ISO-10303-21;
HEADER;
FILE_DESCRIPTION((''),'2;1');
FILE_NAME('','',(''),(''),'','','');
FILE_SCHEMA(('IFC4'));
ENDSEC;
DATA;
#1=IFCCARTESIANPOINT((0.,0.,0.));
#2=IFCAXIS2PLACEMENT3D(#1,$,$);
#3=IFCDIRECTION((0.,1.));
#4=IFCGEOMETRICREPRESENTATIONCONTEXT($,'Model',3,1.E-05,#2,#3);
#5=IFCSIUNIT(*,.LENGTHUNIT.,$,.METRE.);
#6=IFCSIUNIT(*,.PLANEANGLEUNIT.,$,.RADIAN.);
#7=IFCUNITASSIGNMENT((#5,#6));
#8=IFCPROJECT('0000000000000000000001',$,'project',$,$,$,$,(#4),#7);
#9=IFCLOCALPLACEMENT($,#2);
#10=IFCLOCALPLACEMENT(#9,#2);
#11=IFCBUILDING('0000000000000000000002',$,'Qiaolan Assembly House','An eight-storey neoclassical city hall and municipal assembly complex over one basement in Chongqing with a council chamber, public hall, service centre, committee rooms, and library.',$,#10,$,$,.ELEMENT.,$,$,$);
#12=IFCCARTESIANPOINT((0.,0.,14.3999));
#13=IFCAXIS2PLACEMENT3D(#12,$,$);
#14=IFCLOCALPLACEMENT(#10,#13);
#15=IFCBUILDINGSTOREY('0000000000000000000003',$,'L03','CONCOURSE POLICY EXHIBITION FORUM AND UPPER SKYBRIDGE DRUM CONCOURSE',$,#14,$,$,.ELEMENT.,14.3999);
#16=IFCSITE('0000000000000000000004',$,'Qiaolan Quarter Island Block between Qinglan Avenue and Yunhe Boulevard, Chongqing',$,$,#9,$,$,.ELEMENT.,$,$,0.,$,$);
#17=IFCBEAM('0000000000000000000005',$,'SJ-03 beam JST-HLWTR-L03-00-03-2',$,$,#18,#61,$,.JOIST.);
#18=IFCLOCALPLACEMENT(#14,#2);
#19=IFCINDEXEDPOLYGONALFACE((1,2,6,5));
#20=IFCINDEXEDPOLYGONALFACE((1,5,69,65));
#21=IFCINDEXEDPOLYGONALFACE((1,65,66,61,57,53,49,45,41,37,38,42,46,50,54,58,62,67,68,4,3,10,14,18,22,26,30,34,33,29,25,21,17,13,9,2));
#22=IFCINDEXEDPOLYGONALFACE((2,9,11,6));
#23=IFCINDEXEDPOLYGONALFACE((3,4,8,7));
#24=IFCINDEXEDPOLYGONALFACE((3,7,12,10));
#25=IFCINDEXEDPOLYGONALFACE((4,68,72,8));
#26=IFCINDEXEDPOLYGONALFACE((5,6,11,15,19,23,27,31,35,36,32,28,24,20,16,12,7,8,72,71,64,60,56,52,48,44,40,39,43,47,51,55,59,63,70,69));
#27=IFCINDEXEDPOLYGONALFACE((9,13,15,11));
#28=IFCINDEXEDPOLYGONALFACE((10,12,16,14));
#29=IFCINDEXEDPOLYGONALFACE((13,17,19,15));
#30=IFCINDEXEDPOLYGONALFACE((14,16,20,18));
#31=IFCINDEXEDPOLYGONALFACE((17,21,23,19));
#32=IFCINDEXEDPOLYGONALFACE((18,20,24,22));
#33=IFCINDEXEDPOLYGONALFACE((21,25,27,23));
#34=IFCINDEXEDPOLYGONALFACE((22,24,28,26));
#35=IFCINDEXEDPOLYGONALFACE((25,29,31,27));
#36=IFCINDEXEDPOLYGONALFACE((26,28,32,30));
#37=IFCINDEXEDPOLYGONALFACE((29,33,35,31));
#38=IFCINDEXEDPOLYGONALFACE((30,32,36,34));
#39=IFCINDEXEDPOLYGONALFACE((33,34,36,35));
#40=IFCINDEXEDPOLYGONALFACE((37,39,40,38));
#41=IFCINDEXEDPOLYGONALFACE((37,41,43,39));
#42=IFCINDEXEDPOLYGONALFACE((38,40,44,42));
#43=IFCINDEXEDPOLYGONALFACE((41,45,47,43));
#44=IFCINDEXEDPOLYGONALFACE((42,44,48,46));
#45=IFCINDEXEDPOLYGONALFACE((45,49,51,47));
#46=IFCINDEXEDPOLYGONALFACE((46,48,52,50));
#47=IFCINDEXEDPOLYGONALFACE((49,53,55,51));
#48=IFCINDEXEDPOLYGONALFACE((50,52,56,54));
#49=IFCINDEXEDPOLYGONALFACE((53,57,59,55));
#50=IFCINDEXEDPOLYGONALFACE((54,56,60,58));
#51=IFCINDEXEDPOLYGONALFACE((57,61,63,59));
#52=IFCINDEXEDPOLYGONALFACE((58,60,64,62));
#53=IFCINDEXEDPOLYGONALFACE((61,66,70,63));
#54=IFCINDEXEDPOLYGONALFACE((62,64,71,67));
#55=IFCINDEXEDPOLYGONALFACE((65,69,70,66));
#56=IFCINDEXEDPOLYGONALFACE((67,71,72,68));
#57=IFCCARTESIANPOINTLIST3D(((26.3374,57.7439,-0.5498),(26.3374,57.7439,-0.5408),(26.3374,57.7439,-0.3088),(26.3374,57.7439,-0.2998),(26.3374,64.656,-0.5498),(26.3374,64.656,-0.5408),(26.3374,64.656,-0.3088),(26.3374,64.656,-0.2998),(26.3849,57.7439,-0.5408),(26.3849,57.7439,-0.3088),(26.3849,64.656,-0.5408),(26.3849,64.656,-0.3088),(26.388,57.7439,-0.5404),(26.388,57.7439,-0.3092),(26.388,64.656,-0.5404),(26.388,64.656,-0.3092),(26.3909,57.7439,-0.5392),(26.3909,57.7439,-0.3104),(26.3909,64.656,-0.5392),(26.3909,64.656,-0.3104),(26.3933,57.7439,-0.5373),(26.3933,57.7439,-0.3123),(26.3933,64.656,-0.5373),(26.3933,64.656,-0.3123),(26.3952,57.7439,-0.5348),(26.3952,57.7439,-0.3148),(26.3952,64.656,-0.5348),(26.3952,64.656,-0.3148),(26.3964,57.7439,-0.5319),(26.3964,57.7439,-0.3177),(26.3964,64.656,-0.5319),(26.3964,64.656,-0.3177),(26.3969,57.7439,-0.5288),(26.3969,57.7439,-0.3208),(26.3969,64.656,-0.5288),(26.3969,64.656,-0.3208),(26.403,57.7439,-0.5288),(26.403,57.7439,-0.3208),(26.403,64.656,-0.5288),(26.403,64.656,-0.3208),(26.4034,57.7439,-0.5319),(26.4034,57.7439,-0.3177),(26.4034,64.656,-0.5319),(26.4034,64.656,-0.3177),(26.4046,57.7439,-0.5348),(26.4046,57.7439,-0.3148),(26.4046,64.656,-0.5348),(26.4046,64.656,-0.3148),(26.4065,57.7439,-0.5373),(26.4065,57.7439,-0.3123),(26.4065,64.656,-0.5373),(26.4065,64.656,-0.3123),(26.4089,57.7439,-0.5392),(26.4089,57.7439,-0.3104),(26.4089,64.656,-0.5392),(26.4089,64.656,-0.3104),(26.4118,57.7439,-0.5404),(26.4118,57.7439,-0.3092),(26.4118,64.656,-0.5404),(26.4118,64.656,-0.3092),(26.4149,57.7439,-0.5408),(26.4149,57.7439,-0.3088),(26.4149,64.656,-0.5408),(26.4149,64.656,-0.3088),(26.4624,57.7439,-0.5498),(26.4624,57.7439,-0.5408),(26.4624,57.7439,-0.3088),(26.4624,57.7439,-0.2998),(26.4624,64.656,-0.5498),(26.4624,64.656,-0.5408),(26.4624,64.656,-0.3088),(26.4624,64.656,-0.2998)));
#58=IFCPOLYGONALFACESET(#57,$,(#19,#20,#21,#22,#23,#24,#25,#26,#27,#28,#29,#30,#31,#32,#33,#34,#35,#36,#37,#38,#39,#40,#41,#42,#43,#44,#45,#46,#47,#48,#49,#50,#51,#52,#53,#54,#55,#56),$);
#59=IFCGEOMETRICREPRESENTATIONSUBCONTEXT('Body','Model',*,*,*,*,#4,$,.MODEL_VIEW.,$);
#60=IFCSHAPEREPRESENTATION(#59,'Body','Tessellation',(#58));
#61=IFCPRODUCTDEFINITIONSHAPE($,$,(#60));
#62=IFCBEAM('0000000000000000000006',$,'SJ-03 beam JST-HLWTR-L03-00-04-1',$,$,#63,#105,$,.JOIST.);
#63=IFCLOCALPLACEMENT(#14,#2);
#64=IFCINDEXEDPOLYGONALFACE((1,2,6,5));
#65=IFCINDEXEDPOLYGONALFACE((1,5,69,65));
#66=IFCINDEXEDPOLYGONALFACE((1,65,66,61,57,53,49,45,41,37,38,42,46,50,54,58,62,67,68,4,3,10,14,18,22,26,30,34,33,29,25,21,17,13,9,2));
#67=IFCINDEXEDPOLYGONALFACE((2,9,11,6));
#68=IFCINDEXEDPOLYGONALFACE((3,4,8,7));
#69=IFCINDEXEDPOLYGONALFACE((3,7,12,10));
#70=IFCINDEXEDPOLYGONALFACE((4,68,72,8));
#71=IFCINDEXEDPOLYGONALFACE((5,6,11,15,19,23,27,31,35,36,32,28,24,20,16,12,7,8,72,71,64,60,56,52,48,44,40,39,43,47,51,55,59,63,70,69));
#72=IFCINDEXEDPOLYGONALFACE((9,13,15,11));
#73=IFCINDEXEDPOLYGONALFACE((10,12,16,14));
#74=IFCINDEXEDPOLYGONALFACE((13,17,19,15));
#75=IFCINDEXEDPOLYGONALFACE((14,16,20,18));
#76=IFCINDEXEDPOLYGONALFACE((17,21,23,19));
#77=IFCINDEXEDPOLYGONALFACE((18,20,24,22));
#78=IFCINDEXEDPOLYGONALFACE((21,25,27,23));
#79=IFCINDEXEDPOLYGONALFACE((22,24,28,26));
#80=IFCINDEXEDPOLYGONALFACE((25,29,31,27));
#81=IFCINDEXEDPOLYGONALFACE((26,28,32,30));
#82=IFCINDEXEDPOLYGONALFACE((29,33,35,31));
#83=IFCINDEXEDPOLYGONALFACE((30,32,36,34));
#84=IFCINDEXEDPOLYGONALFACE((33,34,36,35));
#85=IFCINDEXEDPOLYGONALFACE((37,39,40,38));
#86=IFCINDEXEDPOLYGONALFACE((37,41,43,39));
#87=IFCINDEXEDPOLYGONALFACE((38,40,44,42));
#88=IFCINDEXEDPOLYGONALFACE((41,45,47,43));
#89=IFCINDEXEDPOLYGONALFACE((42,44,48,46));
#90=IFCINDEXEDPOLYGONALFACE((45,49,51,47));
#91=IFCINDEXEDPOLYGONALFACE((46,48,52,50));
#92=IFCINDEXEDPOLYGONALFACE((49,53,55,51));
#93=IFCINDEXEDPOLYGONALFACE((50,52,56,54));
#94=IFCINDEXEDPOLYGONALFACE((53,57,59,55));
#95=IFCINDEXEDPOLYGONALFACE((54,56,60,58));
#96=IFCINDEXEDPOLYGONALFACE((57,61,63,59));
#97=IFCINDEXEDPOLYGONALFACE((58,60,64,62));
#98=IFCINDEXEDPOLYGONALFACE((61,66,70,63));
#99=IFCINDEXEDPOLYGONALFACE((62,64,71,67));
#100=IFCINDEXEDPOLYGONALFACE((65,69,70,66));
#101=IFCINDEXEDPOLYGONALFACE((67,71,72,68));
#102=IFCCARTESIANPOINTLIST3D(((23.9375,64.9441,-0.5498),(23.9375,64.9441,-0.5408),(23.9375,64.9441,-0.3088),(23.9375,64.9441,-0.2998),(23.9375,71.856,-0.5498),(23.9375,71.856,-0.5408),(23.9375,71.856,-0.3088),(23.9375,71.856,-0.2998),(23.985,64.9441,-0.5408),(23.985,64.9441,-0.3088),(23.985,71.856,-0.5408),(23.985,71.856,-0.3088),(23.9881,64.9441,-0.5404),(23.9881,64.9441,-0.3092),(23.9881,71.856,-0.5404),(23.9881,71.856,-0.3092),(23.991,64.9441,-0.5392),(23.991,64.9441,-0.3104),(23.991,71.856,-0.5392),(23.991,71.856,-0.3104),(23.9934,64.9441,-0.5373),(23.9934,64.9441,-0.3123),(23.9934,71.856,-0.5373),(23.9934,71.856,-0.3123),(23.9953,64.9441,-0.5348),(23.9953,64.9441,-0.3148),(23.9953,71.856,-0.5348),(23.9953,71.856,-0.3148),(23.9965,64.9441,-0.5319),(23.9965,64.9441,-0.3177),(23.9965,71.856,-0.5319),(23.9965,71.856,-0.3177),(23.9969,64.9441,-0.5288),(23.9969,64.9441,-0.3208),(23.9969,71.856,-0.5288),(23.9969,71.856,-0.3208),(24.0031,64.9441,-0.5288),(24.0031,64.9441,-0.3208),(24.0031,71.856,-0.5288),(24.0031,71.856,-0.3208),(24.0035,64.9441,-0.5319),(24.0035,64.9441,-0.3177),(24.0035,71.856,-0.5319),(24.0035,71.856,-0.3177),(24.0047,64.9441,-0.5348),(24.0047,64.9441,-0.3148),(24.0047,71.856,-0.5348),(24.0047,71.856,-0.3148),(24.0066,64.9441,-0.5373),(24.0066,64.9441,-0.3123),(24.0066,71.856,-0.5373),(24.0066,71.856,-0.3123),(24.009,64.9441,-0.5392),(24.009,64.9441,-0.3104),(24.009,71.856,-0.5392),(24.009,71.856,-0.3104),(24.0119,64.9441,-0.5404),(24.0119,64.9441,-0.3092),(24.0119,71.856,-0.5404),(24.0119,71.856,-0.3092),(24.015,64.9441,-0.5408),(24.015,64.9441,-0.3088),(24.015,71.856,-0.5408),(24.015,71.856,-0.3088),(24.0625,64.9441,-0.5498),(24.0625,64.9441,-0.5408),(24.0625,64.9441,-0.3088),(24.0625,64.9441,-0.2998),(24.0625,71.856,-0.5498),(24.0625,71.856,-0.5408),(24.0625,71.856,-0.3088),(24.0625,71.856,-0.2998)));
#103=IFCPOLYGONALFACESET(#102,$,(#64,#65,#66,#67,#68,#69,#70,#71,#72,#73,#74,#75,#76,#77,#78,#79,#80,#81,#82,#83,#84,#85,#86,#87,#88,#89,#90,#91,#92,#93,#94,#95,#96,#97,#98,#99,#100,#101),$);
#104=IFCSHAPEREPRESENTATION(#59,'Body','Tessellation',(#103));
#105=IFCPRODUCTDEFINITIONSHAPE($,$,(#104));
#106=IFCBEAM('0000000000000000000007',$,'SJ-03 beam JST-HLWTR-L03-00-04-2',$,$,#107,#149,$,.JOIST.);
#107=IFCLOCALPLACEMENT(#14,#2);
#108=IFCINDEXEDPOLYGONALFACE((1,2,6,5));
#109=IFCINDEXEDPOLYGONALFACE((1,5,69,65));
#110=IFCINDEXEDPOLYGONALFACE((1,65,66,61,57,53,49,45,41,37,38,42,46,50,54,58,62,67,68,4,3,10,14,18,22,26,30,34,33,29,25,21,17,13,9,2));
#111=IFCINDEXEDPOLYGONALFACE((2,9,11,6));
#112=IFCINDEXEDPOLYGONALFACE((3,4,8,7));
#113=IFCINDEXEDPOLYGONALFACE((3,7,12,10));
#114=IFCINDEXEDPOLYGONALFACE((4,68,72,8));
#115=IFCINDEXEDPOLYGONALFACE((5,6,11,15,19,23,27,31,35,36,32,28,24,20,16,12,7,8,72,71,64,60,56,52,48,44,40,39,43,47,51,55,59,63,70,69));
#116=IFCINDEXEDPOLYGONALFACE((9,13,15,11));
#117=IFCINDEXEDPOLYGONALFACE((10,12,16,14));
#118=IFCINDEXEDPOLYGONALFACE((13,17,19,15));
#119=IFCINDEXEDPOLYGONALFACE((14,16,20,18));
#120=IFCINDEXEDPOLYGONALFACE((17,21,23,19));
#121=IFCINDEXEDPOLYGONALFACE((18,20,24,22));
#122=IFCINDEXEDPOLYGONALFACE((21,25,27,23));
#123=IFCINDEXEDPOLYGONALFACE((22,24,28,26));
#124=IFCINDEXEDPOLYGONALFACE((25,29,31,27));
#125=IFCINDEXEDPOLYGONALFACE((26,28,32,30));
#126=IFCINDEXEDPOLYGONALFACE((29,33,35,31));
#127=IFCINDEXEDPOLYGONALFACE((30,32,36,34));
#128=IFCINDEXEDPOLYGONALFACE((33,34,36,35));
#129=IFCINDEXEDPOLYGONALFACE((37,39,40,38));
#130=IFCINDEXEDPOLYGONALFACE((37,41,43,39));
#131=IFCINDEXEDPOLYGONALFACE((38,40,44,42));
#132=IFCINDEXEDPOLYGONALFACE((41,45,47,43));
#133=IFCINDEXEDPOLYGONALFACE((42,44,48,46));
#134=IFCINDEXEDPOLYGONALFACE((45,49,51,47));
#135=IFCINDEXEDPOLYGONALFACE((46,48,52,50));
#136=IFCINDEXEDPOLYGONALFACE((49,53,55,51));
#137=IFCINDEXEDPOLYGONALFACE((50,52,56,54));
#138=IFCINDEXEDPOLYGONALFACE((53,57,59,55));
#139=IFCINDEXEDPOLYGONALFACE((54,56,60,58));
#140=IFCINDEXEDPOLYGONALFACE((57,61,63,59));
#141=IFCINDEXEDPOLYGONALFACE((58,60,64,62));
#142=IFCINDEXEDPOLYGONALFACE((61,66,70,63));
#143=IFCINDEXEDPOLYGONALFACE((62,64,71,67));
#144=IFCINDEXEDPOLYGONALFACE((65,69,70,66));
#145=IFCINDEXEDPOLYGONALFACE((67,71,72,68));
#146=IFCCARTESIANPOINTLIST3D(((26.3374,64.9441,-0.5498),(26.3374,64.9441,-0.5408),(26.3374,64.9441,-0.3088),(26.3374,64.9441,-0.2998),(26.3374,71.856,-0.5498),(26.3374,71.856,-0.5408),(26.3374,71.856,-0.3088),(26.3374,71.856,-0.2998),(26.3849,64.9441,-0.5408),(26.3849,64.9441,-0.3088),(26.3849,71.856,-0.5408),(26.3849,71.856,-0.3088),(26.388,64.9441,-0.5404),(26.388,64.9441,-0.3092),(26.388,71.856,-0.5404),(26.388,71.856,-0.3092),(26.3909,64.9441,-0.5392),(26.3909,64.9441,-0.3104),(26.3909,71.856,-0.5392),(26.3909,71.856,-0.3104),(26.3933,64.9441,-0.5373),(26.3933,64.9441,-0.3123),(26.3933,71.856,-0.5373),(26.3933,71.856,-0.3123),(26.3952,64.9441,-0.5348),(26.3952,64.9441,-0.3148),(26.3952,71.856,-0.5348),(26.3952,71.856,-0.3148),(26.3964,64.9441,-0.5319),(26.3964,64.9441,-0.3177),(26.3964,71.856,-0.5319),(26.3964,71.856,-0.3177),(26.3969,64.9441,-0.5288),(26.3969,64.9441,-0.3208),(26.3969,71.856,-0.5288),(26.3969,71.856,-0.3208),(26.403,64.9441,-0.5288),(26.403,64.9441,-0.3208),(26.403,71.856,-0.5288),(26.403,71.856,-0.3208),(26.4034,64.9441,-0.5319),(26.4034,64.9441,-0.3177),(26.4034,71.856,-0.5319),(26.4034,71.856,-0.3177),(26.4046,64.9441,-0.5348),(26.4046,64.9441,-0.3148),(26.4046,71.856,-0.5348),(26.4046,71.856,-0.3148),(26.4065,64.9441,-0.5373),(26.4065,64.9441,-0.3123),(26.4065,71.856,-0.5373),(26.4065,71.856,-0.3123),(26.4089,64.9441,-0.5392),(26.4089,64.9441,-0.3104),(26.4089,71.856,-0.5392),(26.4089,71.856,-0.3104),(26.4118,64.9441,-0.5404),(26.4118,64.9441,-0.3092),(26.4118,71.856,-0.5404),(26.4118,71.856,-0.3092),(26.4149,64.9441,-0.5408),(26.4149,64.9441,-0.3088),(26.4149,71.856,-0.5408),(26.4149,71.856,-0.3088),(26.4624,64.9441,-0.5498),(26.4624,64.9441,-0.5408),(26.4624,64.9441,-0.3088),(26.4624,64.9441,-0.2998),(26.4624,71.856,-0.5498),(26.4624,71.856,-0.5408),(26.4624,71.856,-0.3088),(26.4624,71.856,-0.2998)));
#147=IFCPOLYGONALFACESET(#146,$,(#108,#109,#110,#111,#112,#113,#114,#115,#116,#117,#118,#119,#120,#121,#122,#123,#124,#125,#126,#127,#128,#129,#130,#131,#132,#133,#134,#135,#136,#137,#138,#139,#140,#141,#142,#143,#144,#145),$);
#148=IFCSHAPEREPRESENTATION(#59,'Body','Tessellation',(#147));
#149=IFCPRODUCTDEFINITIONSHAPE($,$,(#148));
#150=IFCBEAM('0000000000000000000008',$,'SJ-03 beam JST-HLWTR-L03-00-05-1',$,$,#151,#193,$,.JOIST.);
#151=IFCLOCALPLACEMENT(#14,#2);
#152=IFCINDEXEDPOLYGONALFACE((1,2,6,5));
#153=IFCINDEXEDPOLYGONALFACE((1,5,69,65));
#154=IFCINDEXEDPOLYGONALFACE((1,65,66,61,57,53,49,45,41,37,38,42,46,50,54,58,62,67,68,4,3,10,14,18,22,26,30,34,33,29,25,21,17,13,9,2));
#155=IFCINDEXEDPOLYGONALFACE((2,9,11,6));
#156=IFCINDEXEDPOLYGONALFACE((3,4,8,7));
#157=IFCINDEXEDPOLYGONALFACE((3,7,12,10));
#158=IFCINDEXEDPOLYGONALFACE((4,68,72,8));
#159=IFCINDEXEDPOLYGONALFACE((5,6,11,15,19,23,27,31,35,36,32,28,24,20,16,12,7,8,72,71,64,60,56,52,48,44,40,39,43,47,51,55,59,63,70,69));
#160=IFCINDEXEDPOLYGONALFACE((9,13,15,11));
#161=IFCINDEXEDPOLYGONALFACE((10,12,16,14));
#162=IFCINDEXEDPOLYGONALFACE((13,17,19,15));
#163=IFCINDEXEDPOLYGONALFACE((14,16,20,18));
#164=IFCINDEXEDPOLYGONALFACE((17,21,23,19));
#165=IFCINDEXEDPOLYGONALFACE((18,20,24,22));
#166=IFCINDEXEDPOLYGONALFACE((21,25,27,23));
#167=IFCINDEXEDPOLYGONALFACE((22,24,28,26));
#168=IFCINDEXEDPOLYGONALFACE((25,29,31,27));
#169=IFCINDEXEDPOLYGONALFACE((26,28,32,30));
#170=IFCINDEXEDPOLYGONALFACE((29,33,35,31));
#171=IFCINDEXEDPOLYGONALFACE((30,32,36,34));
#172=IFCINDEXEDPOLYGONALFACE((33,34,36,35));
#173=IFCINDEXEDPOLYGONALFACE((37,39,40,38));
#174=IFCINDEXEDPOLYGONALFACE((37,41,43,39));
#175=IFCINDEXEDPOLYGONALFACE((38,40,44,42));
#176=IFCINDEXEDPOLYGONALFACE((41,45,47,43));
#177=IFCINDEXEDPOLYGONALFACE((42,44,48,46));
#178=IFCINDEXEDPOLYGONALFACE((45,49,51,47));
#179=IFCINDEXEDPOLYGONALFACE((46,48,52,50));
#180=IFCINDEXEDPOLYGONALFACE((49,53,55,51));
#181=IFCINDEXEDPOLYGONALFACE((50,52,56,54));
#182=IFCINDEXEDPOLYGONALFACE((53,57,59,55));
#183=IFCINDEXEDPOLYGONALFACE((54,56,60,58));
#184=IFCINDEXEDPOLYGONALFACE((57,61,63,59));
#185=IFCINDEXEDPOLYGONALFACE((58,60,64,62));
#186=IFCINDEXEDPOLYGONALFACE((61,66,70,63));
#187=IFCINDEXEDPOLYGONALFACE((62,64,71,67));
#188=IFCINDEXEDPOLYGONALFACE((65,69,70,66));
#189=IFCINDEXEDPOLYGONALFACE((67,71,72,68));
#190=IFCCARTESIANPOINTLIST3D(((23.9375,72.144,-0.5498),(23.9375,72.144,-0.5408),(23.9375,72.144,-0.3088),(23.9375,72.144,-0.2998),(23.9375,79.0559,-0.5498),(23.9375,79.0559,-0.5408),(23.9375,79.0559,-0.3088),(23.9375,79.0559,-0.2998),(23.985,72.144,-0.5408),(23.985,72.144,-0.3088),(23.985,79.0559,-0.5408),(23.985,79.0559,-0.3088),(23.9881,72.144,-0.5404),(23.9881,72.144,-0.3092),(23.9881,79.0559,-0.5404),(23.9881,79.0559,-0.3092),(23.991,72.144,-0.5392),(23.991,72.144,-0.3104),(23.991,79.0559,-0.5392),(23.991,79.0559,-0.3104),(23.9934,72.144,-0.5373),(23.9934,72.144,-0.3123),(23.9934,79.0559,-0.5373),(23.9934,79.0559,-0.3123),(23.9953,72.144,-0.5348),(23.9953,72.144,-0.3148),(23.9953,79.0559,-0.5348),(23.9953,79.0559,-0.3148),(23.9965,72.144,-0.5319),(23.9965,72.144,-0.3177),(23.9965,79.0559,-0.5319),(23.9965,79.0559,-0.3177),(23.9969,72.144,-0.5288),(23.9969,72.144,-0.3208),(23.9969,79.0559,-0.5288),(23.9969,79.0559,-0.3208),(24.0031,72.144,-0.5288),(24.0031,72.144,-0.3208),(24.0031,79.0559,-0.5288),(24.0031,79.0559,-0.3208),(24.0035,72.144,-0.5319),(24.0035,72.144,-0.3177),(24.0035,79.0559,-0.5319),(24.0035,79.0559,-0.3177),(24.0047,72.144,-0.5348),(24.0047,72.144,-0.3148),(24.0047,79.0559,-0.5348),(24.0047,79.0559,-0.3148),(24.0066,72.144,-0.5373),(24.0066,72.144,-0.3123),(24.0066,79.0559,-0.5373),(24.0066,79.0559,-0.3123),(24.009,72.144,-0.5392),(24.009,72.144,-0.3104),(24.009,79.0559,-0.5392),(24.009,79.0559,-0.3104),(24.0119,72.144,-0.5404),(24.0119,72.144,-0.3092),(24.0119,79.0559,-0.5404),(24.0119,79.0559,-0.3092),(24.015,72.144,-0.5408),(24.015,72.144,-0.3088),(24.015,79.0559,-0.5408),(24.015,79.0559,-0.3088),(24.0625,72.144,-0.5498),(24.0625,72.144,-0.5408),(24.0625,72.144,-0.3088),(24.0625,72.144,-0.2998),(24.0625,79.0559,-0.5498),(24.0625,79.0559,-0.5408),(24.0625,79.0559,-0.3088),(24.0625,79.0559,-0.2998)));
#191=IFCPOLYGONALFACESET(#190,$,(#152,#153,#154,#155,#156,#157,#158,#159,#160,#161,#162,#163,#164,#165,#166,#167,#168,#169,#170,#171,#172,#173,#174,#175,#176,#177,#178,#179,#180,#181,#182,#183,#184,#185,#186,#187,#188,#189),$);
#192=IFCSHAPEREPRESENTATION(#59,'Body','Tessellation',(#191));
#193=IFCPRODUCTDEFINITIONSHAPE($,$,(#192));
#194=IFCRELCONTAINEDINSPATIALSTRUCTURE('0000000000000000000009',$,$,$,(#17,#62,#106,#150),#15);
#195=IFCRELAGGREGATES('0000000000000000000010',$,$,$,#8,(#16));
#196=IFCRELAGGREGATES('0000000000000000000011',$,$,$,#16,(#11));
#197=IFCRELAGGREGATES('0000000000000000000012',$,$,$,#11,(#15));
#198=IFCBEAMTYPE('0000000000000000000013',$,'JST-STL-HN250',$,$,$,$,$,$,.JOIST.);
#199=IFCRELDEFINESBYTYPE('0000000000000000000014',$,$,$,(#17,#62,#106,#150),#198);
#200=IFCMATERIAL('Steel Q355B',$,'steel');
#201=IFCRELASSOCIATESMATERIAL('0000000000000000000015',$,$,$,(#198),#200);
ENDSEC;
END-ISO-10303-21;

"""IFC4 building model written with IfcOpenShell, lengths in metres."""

from ifc_helpers import new_model, si_unit, direction, frame, origin, origin_2d, place, context, subcontext, project, spatial, i_section, extrude, material, material_profile, profile_set, type_object, element, save


model = new_model("IFC4")

# Units and contexts
model_context = context("Model", 3, precision=1e-05, world=origin(), true_north=direction((0.0, 1.0)))
body_context = subcontext(model_context, "Body", "Model", "MODEL_VIEW")
ifc_project = project(units=[si_unit("LENGTHUNIT", "METRE"), si_unit("PLANEANGLEUNIT", "RADIAN")], contexts=[model_context])

# Site, building, storey
site_placement = place(None, origin())
site = spatial("IfcSite", under=ifc_project, at=site_placement, Name="Qiaolan Quarter Island Block between Qinglan Avenue and Yunhe Boulevard, Chongqing", CompositionType="ELEMENT", RefElevation=0.0)
building_placement = place(site_placement, origin())
building = spatial("IfcBuilding", under=site, at=building_placement, Name="Qiaolan Assembly House", Description="An eight-storey neoclassical city hall and municipal assembly complex over one basement in Chongqing with a council chamber, public hall, service centre, committee rooms, and library.", CompositionType="ELEMENT")
storey_placement = place(building_placement, frame((0.0, 0.0, 14.3999)))
storey = spatial("IfcBuildingStorey", under=building, at=storey_placement, Name="L03", Description="CONCOURSE POLICY EXHIBITION FORUM AND UPPER SKYBRIDGE DRUM CONCOURSE", CompositionType="ELEMENT", Elevation=14.3999)

# Shared definitions
ifc_material = material(Name="Steel Q355B", Category="steel")

# Beams
ifc_material_profile_1 = material_profile(ifc_material, i_section(OverallWidth=0.125, OverallDepth=0.25, WebThickness=0.0061, FlangeThickness=0.009, FilletRadius=0.012, at=origin_2d()), Name="HN 250x125x6x9")
ifc_profile_set_1 = profile_set([ifc_material_profile_1], Name="Steel Q355B")
beam_type_1 = type_object("IfcBeamType", Name="JST-STL-HN250", PredefinedType="JOIST", material=ifc_profile_set_1)
for number, where, z_axis, x_axis, name in (
    (1, (26.3999, 57.7439, -0.4248), (0.0, 1.0, 0.0), (-1.0, 0.0, 0.0), "SJ-03 beam JST-HLWTR-L03-00-03-2"),
):
    element("IfcBeam", number, at=place(storey_placement, frame(where, z_axis=z_axis, x_axis=x_axis)), inside=storey, type_object=beam_type_1, Name=name, PredefinedType="JOIST", context=body_context, shape_type="SweptSolid", body=[
        extrude(i_section(OverallWidth=0.125, OverallDepth=0.25, WebThickness=0.0061, FlangeThickness=0.009, FilletRadius=0.012, at=origin_2d()), origin(), (0.0, 0.0, 1.0), 6.9121),
    ])
for number, where, z_axis, x_axis, name in (
    (2, (24.0, 64.9441, -0.4248), (0.0, 1.0, 0.0), (-1.0, 0.0, 0.0), "SJ-03 beam JST-HLWTR-L03-00-04-1"),
    (3, (26.3999, 64.9441, -0.4248), (0.0, 1.0, 0.0), (-1.0, 0.0, 0.0), "SJ-03 beam JST-HLWTR-L03-00-04-2"),
    (4, (24.0, 72.144, -0.4248), (0.0, 1.0, 0.0), (-1.0, 0.0, 0.0), "SJ-03 beam JST-HLWTR-L03-00-05-1"),
):
    element("IfcBeam", number, at=place(storey_placement, frame(where, z_axis=z_axis, x_axis=x_axis)), inside=storey, type_object=beam_type_1, Name=name, PredefinedType="JOIST", context=body_context, shape_type="SweptSolid", body=[
        extrude(i_section(OverallWidth=0.125, OverallDepth=0.25, WebThickness=0.0061, FlangeThickness=0.009, FilletRadius=0.012, at=origin_2d()), origin(), (0.0, 0.0, 1.0), 6.9119),
    ])

save(model, "model.ifc")
